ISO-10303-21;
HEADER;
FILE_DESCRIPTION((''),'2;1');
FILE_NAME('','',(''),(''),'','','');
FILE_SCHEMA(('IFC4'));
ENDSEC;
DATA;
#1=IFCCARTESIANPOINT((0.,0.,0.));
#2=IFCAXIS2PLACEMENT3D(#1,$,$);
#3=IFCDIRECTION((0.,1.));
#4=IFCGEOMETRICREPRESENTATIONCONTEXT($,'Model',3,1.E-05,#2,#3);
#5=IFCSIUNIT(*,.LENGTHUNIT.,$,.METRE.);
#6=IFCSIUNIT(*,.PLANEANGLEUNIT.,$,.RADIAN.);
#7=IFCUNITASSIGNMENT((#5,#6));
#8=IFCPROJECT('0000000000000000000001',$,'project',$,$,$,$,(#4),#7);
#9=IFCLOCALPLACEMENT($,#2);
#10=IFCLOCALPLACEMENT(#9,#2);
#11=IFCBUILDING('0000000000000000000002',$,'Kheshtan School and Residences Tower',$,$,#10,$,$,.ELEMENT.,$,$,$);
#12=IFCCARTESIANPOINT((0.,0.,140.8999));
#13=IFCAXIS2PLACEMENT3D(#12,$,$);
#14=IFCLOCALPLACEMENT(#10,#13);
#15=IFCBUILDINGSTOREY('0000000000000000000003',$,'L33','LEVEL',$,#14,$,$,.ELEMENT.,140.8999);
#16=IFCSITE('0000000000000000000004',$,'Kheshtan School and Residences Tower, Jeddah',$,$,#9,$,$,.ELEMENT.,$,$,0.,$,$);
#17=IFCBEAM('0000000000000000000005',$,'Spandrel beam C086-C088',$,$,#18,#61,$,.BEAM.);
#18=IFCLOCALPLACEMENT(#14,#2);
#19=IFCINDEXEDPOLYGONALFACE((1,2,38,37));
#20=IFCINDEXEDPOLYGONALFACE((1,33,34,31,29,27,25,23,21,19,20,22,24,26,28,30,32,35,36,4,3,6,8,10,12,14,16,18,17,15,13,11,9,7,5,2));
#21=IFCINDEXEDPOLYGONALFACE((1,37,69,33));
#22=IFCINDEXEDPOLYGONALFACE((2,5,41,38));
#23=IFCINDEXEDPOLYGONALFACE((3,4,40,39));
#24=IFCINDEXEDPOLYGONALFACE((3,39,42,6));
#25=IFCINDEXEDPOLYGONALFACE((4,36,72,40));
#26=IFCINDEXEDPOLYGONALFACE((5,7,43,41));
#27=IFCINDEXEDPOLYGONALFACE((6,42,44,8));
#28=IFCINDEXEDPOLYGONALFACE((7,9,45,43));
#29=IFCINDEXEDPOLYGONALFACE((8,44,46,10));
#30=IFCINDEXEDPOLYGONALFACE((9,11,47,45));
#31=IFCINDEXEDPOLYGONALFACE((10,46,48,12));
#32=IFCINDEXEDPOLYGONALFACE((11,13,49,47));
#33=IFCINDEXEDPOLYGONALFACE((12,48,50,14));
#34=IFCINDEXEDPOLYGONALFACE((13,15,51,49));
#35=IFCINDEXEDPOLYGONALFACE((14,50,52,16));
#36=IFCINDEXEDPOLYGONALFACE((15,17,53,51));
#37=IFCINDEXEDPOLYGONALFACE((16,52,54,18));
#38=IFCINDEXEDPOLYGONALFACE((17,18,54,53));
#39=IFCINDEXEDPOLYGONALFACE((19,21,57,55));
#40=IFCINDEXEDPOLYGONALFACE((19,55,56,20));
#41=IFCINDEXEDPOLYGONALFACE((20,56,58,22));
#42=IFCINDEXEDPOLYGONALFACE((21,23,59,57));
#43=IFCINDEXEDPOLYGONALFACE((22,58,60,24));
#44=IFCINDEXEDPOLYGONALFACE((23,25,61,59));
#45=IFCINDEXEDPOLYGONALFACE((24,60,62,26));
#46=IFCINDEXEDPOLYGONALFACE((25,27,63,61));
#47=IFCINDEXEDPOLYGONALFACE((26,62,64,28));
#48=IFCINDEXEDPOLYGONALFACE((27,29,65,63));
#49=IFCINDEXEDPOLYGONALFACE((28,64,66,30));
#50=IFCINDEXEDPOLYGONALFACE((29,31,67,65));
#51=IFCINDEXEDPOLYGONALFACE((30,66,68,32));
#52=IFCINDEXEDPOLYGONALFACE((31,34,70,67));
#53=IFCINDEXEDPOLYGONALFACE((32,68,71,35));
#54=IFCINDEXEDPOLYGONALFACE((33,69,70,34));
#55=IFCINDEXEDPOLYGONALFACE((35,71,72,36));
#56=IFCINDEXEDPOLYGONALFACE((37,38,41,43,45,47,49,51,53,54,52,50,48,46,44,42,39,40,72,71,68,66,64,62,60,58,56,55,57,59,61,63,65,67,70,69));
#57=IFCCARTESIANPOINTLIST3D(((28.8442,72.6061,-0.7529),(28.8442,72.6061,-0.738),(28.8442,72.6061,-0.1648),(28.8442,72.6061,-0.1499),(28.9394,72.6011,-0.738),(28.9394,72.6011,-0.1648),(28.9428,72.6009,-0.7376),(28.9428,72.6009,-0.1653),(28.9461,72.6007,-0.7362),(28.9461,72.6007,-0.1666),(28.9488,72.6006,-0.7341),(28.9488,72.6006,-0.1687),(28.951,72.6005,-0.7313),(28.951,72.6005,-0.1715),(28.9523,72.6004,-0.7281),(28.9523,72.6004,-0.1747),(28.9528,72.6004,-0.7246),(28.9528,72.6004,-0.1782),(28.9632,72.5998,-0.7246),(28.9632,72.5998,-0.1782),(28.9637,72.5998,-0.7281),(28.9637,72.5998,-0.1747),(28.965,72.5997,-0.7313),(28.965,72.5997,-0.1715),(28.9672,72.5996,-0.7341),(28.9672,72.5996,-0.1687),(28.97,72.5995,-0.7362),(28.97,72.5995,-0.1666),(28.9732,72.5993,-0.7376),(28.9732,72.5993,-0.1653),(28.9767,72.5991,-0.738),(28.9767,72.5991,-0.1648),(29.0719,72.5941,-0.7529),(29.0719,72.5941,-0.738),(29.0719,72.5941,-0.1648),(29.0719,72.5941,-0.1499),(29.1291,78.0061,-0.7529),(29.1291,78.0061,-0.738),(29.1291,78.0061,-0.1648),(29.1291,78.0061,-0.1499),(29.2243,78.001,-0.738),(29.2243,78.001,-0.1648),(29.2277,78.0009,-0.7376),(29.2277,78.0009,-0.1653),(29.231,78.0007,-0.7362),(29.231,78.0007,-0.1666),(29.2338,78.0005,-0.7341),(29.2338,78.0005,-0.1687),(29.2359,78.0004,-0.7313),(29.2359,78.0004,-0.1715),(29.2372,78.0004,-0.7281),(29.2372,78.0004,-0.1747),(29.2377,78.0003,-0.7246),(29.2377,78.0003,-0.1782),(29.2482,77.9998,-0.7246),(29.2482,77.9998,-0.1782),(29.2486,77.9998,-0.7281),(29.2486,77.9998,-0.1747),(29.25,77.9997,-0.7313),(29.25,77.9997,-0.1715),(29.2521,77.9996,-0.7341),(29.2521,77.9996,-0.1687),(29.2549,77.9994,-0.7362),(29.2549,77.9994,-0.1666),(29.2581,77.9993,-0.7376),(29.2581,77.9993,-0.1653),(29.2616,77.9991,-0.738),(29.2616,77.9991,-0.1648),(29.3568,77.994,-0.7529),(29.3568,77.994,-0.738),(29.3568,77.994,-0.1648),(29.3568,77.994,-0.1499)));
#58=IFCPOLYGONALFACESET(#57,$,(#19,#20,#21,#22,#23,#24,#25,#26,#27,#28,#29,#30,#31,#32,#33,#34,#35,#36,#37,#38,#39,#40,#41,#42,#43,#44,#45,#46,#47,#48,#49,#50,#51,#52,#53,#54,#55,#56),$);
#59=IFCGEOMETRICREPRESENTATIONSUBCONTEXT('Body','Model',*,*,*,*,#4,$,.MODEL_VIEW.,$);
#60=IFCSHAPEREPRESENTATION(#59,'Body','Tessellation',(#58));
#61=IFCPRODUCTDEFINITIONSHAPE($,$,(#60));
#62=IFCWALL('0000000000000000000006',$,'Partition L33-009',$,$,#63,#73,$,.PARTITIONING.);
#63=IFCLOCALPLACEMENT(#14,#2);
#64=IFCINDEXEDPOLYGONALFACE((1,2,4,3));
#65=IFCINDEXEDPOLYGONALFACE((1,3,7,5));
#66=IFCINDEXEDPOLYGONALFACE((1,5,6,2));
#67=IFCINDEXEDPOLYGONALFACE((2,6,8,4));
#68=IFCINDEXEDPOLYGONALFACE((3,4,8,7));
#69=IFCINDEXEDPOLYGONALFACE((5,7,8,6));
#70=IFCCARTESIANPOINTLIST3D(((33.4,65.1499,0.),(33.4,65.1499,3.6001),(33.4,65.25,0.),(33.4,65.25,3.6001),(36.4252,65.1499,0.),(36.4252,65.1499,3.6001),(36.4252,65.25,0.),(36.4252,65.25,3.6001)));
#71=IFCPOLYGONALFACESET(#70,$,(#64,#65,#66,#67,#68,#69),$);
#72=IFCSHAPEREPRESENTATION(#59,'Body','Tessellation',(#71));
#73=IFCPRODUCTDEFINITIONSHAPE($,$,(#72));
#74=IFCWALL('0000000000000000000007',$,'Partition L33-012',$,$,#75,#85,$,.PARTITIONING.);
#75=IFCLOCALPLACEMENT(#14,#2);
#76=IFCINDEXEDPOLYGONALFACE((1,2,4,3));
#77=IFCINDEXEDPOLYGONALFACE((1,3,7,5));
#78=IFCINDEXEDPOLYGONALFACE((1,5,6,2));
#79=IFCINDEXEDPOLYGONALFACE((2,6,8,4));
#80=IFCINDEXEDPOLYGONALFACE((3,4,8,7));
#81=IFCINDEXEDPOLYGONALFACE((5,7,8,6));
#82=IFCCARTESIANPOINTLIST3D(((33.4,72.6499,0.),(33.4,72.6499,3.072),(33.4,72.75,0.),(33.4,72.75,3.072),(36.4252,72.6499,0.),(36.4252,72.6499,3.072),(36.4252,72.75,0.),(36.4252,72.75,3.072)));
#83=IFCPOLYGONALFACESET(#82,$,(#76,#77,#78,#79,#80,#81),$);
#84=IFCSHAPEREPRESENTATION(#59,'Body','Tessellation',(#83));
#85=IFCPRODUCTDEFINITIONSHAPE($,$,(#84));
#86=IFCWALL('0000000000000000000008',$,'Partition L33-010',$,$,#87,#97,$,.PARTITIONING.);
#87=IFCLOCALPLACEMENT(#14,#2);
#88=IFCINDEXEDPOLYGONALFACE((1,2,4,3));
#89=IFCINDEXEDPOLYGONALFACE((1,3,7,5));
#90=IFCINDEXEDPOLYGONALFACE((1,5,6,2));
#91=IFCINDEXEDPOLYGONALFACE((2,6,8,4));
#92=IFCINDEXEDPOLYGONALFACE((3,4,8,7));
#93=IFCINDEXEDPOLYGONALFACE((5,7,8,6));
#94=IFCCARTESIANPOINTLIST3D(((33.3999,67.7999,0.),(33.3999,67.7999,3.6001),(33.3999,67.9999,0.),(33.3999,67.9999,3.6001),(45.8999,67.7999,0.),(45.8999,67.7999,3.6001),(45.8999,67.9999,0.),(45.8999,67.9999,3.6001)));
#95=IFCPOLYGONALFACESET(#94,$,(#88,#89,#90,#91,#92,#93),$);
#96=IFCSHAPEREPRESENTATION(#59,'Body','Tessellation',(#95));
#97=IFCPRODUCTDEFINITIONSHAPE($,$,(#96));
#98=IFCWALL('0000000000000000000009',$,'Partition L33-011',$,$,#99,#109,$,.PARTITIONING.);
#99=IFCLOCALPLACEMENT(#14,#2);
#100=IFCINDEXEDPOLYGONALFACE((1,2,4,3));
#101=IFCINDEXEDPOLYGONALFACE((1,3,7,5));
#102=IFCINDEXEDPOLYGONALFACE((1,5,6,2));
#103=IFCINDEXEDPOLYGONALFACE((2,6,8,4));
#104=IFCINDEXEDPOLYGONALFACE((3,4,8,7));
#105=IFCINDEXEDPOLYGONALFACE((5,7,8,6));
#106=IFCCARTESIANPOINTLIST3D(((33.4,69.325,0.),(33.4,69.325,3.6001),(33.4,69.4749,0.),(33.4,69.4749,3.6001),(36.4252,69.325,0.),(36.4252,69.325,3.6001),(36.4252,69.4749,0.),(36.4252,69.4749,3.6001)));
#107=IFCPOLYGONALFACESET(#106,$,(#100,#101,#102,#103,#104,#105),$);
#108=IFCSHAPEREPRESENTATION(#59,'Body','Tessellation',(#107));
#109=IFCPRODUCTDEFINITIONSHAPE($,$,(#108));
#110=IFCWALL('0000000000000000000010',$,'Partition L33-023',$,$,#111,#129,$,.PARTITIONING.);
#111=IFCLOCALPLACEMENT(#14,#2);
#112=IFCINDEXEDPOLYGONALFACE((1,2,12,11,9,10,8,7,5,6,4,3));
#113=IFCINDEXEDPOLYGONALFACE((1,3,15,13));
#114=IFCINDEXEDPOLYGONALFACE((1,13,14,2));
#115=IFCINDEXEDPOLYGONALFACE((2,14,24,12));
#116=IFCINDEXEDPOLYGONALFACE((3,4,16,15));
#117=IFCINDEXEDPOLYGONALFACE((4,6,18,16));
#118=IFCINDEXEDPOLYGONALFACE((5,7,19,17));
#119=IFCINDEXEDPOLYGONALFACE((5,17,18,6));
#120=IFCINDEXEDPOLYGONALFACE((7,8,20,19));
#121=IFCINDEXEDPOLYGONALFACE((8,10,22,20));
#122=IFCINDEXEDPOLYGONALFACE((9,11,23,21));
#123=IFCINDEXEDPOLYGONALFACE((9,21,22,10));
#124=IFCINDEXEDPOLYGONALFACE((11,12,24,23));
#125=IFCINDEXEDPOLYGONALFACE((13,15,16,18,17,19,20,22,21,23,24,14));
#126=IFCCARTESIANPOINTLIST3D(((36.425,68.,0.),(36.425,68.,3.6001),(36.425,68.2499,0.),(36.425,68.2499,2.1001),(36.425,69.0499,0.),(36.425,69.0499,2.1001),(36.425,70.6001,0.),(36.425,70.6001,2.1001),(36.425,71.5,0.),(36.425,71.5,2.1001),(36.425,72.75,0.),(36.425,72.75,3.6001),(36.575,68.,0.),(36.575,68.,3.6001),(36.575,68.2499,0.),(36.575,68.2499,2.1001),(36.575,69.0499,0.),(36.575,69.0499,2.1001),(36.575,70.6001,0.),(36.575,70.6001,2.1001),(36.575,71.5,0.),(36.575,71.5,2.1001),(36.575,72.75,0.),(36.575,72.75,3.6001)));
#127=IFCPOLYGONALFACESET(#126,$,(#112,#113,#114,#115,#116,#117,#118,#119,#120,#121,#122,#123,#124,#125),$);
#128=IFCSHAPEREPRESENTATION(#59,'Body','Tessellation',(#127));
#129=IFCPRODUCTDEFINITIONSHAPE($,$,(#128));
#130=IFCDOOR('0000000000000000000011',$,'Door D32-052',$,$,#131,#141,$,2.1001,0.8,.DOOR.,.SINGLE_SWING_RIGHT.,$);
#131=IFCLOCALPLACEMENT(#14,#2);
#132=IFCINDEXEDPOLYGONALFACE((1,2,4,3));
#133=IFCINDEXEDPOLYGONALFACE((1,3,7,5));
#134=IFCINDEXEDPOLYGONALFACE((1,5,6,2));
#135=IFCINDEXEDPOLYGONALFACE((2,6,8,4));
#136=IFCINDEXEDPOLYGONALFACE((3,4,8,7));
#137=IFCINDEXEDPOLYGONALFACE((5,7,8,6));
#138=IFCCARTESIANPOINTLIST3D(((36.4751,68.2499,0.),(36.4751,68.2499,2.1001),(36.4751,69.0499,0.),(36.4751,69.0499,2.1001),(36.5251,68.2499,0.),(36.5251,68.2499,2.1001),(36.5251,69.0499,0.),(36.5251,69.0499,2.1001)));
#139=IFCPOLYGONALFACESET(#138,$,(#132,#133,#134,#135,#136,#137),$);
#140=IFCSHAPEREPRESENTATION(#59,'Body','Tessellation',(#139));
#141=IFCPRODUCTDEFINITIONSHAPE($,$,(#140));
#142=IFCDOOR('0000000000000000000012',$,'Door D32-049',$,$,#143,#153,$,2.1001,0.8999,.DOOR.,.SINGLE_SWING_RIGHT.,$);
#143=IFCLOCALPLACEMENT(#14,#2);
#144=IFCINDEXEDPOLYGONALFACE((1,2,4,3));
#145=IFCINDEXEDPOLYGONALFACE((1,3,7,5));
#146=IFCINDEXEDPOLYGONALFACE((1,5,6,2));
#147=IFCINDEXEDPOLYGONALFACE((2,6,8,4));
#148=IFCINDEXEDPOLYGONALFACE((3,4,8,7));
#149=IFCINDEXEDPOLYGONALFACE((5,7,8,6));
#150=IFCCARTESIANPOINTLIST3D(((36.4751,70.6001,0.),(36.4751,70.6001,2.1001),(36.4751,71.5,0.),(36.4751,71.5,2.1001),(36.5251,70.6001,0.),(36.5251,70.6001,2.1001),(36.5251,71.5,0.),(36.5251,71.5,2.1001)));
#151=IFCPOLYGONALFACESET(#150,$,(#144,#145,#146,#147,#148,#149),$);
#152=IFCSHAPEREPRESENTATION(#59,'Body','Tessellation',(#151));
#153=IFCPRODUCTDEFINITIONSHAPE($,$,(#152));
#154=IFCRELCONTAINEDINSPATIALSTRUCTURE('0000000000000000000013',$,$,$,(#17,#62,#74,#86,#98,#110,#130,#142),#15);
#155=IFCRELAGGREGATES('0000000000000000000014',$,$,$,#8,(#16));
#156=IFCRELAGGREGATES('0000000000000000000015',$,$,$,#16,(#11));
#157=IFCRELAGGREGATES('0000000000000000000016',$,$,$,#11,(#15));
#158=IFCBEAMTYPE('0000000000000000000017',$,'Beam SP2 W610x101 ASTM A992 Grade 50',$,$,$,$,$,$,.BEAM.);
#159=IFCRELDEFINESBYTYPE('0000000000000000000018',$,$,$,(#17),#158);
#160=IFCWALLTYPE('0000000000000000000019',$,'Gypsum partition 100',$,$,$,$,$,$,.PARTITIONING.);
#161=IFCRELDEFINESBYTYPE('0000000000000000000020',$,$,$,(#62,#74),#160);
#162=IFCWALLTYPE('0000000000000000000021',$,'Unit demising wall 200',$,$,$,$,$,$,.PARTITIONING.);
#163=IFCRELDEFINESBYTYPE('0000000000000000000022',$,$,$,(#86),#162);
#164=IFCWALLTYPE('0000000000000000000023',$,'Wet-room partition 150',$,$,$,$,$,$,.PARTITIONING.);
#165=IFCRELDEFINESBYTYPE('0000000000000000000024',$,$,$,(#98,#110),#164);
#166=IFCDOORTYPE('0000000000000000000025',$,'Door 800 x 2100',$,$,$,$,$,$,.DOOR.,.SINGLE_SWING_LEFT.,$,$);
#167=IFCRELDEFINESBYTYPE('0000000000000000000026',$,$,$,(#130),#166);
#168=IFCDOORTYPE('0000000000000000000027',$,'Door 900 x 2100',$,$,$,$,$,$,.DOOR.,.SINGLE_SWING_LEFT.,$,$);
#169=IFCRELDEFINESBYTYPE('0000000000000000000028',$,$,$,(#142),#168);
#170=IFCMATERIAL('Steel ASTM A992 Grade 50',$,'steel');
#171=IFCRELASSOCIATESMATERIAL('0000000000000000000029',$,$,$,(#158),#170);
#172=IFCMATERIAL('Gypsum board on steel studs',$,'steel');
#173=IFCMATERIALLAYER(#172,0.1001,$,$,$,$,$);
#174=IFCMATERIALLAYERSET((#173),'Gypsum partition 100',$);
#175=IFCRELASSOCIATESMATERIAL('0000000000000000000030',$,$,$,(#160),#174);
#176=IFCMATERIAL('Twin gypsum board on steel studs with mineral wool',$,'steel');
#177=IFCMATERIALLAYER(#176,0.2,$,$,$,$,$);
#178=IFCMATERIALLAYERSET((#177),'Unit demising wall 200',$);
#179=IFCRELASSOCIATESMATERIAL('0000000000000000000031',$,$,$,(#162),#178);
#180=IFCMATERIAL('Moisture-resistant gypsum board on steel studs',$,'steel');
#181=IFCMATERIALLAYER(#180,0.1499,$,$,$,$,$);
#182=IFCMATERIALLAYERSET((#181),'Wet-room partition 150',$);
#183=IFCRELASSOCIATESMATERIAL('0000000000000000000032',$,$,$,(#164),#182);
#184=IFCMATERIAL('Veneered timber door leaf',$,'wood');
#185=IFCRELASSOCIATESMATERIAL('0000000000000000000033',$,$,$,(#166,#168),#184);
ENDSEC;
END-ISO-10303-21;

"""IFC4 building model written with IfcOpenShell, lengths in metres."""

from ifc_helpers import new_model, si_unit, direction, frame, frame_2d, origin, origin_2d, place, context, subcontext, project, spatial, rectangle, i_section, extrude, source, transform, mapped, material, layer, layer_set, material_profile, profile_set, type_object, element, fill, save


model = new_model("IFC4")

# Units and contexts
model_context = context("Model", 3, precision=1e-05, world=origin(), true_north=direction((0.0, 1.0)))
body_context = subcontext(model_context, "Body", "Model", "MODEL_VIEW")
ifc_project = project(units=[si_unit("LENGTHUNIT", "METRE"), si_unit("PLANEANGLEUNIT", "RADIAN")], contexts=[model_context])

# Site, building, storey
site_placement = place(None, origin())
site = spatial("IfcSite", under=ifc_project, at=site_placement, Name="Kheshtan School and Residences Tower, Jeddah", CompositionType="ELEMENT", RefElevation=0.0)
building_placement = place(site_placement, origin())
building = spatial("IfcBuilding", under=site, at=building_placement, Name="Kheshtan School and Residences Tower", CompositionType="ELEMENT")
storey_placement = place(building_placement, frame((0.0, 0.0, 140.8999)))
storey = spatial("IfcBuildingStorey", under=building, at=storey_placement, Name="L33", Description="LEVEL", CompositionType="ELEMENT", Elevation=140.8999)

# Shared definitions
ifc_material_1 = material(Name="Steel ASTM A992 Grade 50", Category="steel")

# Beam
ifc_material_profile_1 = material_profile(ifc_material_1, i_section(OverallWidth=0.228, OverallDepth=0.603, WebThickness=0.0105, FlangeThickness=0.0149, FilletRadius=0.0134, at=origin_2d()), Name="W610x101")
ifc_profile_set_1 = profile_set([ifc_material_profile_1], Name="Steel ASTM A992 Grade 50")
beam_type_1 = type_object("IfcBeamType", Name="Beam SP2 W610x101 ASTM A992 Grade 50", PredefinedType="BEAM", material=ifc_profile_set_1)
beam_1_placement = place(storey_placement, frame((28.958, 72.6001, -0.4514), z_axis=(0.052689, 0.998611, 0.0), x_axis=(-0.998611, 0.052689, 0.0)))
element("IfcBeam", 1, at=beam_1_placement, inside=storey, type_object=beam_type_1, Name="Spandrel beam C086-C088", PredefinedType="BEAM", context=body_context, shape_type="SweptSolid", body=[
    extrude(i_section(OverallWidth=0.228, OverallDepth=0.603, WebThickness=0.0105, FlangeThickness=0.0149, FilletRadius=0.0134, at=origin_2d()), origin(), (0.0, 0.0, 1.0), 5.4075),
])

# Walls
ifc_material_2 = material(Name="Gypsum board on steel studs", Category="steel")
ifc_layer_1 = layer(ifc_material_2, 0.1001)
ifc_layer_set_1 = layer_set([ifc_layer_1], Name="Gypsum partition 100")
wall_type_1 = type_object("IfcWallType", Name="Gypsum partition 100", PredefinedType="PARTITIONING", material=ifc_layer_set_1)
wall_1_placement = place(storey_placement, frame((33.3999, 65.2, 0.0), z_axis=(0.0, 0.0, 1.0), x_axis=(1.0, 0.0, 0.0)))
element("IfcWall", 2, at=wall_1_placement, inside=storey, type_object=wall_type_1, Name="Partition L33-009", PredefinedType="PARTITIONING", context=body_context, shape_type="SweptSolid", body=[
    extrude(rectangle(XDim=3.0251, YDim=0.1001, at=frame_2d((1.5127, 0.0))), origin(), (0.0, 0.0, 1.0), 3.6001),
])
wall_2_placement = place(storey_placement, frame((33.3999, 72.7, 0.0), z_axis=(0.0, 0.0, 1.0), x_axis=(1.0, 0.0, 0.0)))
element("IfcWall", 3, at=wall_2_placement, inside=storey, type_object=wall_type_1, Name="Partition L33-012", PredefinedType="PARTITIONING", context=body_context, shape_type="SweptSolid", body=[
    extrude(rectangle(XDim=3.0251, YDim=0.1001, at=frame_2d((1.5127, 0.0))), origin(), (0.0, 0.0, 1.0), 3.072),
])
ifc_material_3 = material(Name="Twin gypsum board on steel studs with mineral wool", Category="steel")
ifc_layer_2 = layer(ifc_material_3, 0.2)
ifc_layer_set_2 = layer_set([ifc_layer_2], Name="Unit demising wall 200")
wall_type_2 = type_object("IfcWallType", Name="Unit demising wall 200", PredefinedType="PARTITIONING", material=ifc_layer_set_2)
wall_3_placement = place(storey_placement, frame((33.3999, 67.8999, 0.0), z_axis=(0.0, 0.0, 1.0), x_axis=(1.0, 0.0, 0.0)))
element("IfcWall", 4, at=wall_3_placement, inside=storey, type_object=wall_type_2, Name="Partition L33-010", PredefinedType="PARTITIONING", context=body_context, shape_type="SweptSolid", body=[
    extrude(rectangle(XDim=12.5, YDim=0.2, at=frame_2d((6.25, 0.0))), origin(), (0.0, 0.0, 1.0), 3.6001),
])
ifc_material_4 = material(Name="Moisture-resistant gypsum board on steel studs", Category="steel")
ifc_layer_3 = layer(ifc_material_4, 0.1499)
ifc_layer_set_3 = layer_set([ifc_layer_3], Name="Wet-room partition 150")
wall_type_3 = type_object("IfcWallType", Name="Wet-room partition 150", PredefinedType="PARTITIONING", material=ifc_layer_set_3)
wall_4_placement = place(storey_placement, frame((33.3999, 69.3999, 0.0), z_axis=(0.0, 0.0, 1.0), x_axis=(1.0, 0.0, 0.0)))
element("IfcWall", 5, at=wall_4_placement, inside=storey, type_object=wall_type_3, Name="Partition L33-011", PredefinedType="PARTITIONING", context=body_context, shape_type="SweptSolid", body=[
    extrude(rectangle(XDim=3.0251, YDim=0.1499, at=frame_2d((1.5127, 0.0))), origin(), (0.0, 0.0, 1.0), 3.6001),
])

# Wall, openings, doors
wall_5_placement = place(storey_placement, frame((36.5, 68.0, 0.0), z_axis=(0.0, 0.0, 1.0), x_axis=(0.0, 1.0, 0.0)))
wall_5 = element("IfcWall", 6, at=wall_5_placement, inside=storey, type_object=wall_type_3, Name="Partition L33-023", PredefinedType="PARTITIONING", context=body_context, shape_type="SweptSolid", body=[
    extrude(rectangle(XDim=4.75, YDim=0.1499, at=frame_2d((2.375, 0.0))), origin(), (0.0, 0.0, 1.0), 3.6001),
])
opening_1_placement = place(wall_5_placement, frame((2.6001, 0.0, 0.0)))
opening_1 = element("IfcOpeningElement", 7, at=opening_1_placement, cuts=wall_5, PredefinedType="OPENING", context=body_context, shape_type="SweptSolid", body=[
    extrude(rectangle(XDim=0.8999, YDim=2.1001, at=frame_2d((0.45, 1.05))), frame((0.0, 0.085, 0.0), z_axis=(0.0, -1.0, 0.0), x_axis=(1.0, 0.0, 0.0)), (0.0, 0.0, 1.0), 0.1699),
])
opening_2_placement = place(wall_5_placement, frame((0.25, 0.0, 0.0)))
opening_2 = element("IfcOpeningElement", 8, at=opening_2_placement, cuts=wall_5, PredefinedType="OPENING", context=body_context, shape_type="SweptSolid", body=[
    extrude(rectangle(XDim=0.8, YDim=2.1001, at=frame_2d((0.3999, 1.05))), frame((0.0, 0.085, 0.0), z_axis=(0.0, -1.0, 0.0), x_axis=(1.0, 0.0, 0.0)), (0.0, 0.0, 1.0), 0.1699),
])
ifc_material_5 = material(Name="Veneered timber door leaf", Category="wood")
door_type_1 = type_object("IfcDoorType", Name="Door 800 x 2100", OperationType="SINGLE_SWING_LEFT", PredefinedType="DOOR", material=ifc_material_5)
shared_shape_1 = source(origin(), body_context, "Body", "SweptSolid", [
    extrude(rectangle(XDim=0.8, YDim=2.1001, at=frame_2d((0.3999, 1.05))), frame((0.0, 0.0249, 0.0), z_axis=(0.0, -1.0, 0.0), x_axis=(1.0, 0.0, 0.0)), (0.0, 0.0, 1.0), 0.05),
])
door_1_placement = place(opening_2_placement, origin())
door_1 = element("IfcDoor", 9, at=door_1_placement, inside=storey, type_object=door_type_1, Name="Door D32-052", OperationType="SINGLE_SWING_RIGHT", OverallHeight=2.1001, OverallWidth=0.8, PredefinedType="DOOR", context=body_context, shape_type="MappedRepresentation", body=[
    mapped(shared_shape_1, transform((0.0, 0.0, 0.0), x_axis=(1.0, 0.0, 0.0), y_axis=(0.0, 1.0, 0.0), z_axis=(0.0, 0.0, 1.0), scale=1.0)),
])
fill(opening_2, door_1)
door_type_2 = type_object("IfcDoorType", Name="Door 900 x 2100", OperationType="SINGLE_SWING_LEFT", PredefinedType="DOOR", material=ifc_material_5)
shared_shape_2 = source(origin(), body_context, "Body", "SweptSolid", [
    extrude(rectangle(XDim=0.8999, YDim=2.1001, at=frame_2d((0.45, 1.05))), frame((0.0, 0.0249, 0.0), z_axis=(0.0, -1.0, 0.0), x_axis=(1.0, 0.0, 0.0)), (0.0, 0.0, 1.0), 0.05),
])
door_2_placement = place(opening_1_placement, origin())
door_2 = element("IfcDoor", 10, at=door_2_placement, inside=storey, type_object=door_type_2, Name="Door D32-049", OperationType="SINGLE_SWING_RIGHT", OverallHeight=2.1001, OverallWidth=0.8999, PredefinedType="DOOR", context=body_context, shape_type="MappedRepresentation", body=[
    mapped(shared_shape_2, transform((0.0, 0.0, 0.0), x_axis=(1.0, 0.0, 0.0), y_axis=(0.0, 1.0, 0.0), z_axis=(0.0, 0.0, 1.0), scale=1.0)),
])
fill(opening_1, door_2)

save(model, "model.ifc")
